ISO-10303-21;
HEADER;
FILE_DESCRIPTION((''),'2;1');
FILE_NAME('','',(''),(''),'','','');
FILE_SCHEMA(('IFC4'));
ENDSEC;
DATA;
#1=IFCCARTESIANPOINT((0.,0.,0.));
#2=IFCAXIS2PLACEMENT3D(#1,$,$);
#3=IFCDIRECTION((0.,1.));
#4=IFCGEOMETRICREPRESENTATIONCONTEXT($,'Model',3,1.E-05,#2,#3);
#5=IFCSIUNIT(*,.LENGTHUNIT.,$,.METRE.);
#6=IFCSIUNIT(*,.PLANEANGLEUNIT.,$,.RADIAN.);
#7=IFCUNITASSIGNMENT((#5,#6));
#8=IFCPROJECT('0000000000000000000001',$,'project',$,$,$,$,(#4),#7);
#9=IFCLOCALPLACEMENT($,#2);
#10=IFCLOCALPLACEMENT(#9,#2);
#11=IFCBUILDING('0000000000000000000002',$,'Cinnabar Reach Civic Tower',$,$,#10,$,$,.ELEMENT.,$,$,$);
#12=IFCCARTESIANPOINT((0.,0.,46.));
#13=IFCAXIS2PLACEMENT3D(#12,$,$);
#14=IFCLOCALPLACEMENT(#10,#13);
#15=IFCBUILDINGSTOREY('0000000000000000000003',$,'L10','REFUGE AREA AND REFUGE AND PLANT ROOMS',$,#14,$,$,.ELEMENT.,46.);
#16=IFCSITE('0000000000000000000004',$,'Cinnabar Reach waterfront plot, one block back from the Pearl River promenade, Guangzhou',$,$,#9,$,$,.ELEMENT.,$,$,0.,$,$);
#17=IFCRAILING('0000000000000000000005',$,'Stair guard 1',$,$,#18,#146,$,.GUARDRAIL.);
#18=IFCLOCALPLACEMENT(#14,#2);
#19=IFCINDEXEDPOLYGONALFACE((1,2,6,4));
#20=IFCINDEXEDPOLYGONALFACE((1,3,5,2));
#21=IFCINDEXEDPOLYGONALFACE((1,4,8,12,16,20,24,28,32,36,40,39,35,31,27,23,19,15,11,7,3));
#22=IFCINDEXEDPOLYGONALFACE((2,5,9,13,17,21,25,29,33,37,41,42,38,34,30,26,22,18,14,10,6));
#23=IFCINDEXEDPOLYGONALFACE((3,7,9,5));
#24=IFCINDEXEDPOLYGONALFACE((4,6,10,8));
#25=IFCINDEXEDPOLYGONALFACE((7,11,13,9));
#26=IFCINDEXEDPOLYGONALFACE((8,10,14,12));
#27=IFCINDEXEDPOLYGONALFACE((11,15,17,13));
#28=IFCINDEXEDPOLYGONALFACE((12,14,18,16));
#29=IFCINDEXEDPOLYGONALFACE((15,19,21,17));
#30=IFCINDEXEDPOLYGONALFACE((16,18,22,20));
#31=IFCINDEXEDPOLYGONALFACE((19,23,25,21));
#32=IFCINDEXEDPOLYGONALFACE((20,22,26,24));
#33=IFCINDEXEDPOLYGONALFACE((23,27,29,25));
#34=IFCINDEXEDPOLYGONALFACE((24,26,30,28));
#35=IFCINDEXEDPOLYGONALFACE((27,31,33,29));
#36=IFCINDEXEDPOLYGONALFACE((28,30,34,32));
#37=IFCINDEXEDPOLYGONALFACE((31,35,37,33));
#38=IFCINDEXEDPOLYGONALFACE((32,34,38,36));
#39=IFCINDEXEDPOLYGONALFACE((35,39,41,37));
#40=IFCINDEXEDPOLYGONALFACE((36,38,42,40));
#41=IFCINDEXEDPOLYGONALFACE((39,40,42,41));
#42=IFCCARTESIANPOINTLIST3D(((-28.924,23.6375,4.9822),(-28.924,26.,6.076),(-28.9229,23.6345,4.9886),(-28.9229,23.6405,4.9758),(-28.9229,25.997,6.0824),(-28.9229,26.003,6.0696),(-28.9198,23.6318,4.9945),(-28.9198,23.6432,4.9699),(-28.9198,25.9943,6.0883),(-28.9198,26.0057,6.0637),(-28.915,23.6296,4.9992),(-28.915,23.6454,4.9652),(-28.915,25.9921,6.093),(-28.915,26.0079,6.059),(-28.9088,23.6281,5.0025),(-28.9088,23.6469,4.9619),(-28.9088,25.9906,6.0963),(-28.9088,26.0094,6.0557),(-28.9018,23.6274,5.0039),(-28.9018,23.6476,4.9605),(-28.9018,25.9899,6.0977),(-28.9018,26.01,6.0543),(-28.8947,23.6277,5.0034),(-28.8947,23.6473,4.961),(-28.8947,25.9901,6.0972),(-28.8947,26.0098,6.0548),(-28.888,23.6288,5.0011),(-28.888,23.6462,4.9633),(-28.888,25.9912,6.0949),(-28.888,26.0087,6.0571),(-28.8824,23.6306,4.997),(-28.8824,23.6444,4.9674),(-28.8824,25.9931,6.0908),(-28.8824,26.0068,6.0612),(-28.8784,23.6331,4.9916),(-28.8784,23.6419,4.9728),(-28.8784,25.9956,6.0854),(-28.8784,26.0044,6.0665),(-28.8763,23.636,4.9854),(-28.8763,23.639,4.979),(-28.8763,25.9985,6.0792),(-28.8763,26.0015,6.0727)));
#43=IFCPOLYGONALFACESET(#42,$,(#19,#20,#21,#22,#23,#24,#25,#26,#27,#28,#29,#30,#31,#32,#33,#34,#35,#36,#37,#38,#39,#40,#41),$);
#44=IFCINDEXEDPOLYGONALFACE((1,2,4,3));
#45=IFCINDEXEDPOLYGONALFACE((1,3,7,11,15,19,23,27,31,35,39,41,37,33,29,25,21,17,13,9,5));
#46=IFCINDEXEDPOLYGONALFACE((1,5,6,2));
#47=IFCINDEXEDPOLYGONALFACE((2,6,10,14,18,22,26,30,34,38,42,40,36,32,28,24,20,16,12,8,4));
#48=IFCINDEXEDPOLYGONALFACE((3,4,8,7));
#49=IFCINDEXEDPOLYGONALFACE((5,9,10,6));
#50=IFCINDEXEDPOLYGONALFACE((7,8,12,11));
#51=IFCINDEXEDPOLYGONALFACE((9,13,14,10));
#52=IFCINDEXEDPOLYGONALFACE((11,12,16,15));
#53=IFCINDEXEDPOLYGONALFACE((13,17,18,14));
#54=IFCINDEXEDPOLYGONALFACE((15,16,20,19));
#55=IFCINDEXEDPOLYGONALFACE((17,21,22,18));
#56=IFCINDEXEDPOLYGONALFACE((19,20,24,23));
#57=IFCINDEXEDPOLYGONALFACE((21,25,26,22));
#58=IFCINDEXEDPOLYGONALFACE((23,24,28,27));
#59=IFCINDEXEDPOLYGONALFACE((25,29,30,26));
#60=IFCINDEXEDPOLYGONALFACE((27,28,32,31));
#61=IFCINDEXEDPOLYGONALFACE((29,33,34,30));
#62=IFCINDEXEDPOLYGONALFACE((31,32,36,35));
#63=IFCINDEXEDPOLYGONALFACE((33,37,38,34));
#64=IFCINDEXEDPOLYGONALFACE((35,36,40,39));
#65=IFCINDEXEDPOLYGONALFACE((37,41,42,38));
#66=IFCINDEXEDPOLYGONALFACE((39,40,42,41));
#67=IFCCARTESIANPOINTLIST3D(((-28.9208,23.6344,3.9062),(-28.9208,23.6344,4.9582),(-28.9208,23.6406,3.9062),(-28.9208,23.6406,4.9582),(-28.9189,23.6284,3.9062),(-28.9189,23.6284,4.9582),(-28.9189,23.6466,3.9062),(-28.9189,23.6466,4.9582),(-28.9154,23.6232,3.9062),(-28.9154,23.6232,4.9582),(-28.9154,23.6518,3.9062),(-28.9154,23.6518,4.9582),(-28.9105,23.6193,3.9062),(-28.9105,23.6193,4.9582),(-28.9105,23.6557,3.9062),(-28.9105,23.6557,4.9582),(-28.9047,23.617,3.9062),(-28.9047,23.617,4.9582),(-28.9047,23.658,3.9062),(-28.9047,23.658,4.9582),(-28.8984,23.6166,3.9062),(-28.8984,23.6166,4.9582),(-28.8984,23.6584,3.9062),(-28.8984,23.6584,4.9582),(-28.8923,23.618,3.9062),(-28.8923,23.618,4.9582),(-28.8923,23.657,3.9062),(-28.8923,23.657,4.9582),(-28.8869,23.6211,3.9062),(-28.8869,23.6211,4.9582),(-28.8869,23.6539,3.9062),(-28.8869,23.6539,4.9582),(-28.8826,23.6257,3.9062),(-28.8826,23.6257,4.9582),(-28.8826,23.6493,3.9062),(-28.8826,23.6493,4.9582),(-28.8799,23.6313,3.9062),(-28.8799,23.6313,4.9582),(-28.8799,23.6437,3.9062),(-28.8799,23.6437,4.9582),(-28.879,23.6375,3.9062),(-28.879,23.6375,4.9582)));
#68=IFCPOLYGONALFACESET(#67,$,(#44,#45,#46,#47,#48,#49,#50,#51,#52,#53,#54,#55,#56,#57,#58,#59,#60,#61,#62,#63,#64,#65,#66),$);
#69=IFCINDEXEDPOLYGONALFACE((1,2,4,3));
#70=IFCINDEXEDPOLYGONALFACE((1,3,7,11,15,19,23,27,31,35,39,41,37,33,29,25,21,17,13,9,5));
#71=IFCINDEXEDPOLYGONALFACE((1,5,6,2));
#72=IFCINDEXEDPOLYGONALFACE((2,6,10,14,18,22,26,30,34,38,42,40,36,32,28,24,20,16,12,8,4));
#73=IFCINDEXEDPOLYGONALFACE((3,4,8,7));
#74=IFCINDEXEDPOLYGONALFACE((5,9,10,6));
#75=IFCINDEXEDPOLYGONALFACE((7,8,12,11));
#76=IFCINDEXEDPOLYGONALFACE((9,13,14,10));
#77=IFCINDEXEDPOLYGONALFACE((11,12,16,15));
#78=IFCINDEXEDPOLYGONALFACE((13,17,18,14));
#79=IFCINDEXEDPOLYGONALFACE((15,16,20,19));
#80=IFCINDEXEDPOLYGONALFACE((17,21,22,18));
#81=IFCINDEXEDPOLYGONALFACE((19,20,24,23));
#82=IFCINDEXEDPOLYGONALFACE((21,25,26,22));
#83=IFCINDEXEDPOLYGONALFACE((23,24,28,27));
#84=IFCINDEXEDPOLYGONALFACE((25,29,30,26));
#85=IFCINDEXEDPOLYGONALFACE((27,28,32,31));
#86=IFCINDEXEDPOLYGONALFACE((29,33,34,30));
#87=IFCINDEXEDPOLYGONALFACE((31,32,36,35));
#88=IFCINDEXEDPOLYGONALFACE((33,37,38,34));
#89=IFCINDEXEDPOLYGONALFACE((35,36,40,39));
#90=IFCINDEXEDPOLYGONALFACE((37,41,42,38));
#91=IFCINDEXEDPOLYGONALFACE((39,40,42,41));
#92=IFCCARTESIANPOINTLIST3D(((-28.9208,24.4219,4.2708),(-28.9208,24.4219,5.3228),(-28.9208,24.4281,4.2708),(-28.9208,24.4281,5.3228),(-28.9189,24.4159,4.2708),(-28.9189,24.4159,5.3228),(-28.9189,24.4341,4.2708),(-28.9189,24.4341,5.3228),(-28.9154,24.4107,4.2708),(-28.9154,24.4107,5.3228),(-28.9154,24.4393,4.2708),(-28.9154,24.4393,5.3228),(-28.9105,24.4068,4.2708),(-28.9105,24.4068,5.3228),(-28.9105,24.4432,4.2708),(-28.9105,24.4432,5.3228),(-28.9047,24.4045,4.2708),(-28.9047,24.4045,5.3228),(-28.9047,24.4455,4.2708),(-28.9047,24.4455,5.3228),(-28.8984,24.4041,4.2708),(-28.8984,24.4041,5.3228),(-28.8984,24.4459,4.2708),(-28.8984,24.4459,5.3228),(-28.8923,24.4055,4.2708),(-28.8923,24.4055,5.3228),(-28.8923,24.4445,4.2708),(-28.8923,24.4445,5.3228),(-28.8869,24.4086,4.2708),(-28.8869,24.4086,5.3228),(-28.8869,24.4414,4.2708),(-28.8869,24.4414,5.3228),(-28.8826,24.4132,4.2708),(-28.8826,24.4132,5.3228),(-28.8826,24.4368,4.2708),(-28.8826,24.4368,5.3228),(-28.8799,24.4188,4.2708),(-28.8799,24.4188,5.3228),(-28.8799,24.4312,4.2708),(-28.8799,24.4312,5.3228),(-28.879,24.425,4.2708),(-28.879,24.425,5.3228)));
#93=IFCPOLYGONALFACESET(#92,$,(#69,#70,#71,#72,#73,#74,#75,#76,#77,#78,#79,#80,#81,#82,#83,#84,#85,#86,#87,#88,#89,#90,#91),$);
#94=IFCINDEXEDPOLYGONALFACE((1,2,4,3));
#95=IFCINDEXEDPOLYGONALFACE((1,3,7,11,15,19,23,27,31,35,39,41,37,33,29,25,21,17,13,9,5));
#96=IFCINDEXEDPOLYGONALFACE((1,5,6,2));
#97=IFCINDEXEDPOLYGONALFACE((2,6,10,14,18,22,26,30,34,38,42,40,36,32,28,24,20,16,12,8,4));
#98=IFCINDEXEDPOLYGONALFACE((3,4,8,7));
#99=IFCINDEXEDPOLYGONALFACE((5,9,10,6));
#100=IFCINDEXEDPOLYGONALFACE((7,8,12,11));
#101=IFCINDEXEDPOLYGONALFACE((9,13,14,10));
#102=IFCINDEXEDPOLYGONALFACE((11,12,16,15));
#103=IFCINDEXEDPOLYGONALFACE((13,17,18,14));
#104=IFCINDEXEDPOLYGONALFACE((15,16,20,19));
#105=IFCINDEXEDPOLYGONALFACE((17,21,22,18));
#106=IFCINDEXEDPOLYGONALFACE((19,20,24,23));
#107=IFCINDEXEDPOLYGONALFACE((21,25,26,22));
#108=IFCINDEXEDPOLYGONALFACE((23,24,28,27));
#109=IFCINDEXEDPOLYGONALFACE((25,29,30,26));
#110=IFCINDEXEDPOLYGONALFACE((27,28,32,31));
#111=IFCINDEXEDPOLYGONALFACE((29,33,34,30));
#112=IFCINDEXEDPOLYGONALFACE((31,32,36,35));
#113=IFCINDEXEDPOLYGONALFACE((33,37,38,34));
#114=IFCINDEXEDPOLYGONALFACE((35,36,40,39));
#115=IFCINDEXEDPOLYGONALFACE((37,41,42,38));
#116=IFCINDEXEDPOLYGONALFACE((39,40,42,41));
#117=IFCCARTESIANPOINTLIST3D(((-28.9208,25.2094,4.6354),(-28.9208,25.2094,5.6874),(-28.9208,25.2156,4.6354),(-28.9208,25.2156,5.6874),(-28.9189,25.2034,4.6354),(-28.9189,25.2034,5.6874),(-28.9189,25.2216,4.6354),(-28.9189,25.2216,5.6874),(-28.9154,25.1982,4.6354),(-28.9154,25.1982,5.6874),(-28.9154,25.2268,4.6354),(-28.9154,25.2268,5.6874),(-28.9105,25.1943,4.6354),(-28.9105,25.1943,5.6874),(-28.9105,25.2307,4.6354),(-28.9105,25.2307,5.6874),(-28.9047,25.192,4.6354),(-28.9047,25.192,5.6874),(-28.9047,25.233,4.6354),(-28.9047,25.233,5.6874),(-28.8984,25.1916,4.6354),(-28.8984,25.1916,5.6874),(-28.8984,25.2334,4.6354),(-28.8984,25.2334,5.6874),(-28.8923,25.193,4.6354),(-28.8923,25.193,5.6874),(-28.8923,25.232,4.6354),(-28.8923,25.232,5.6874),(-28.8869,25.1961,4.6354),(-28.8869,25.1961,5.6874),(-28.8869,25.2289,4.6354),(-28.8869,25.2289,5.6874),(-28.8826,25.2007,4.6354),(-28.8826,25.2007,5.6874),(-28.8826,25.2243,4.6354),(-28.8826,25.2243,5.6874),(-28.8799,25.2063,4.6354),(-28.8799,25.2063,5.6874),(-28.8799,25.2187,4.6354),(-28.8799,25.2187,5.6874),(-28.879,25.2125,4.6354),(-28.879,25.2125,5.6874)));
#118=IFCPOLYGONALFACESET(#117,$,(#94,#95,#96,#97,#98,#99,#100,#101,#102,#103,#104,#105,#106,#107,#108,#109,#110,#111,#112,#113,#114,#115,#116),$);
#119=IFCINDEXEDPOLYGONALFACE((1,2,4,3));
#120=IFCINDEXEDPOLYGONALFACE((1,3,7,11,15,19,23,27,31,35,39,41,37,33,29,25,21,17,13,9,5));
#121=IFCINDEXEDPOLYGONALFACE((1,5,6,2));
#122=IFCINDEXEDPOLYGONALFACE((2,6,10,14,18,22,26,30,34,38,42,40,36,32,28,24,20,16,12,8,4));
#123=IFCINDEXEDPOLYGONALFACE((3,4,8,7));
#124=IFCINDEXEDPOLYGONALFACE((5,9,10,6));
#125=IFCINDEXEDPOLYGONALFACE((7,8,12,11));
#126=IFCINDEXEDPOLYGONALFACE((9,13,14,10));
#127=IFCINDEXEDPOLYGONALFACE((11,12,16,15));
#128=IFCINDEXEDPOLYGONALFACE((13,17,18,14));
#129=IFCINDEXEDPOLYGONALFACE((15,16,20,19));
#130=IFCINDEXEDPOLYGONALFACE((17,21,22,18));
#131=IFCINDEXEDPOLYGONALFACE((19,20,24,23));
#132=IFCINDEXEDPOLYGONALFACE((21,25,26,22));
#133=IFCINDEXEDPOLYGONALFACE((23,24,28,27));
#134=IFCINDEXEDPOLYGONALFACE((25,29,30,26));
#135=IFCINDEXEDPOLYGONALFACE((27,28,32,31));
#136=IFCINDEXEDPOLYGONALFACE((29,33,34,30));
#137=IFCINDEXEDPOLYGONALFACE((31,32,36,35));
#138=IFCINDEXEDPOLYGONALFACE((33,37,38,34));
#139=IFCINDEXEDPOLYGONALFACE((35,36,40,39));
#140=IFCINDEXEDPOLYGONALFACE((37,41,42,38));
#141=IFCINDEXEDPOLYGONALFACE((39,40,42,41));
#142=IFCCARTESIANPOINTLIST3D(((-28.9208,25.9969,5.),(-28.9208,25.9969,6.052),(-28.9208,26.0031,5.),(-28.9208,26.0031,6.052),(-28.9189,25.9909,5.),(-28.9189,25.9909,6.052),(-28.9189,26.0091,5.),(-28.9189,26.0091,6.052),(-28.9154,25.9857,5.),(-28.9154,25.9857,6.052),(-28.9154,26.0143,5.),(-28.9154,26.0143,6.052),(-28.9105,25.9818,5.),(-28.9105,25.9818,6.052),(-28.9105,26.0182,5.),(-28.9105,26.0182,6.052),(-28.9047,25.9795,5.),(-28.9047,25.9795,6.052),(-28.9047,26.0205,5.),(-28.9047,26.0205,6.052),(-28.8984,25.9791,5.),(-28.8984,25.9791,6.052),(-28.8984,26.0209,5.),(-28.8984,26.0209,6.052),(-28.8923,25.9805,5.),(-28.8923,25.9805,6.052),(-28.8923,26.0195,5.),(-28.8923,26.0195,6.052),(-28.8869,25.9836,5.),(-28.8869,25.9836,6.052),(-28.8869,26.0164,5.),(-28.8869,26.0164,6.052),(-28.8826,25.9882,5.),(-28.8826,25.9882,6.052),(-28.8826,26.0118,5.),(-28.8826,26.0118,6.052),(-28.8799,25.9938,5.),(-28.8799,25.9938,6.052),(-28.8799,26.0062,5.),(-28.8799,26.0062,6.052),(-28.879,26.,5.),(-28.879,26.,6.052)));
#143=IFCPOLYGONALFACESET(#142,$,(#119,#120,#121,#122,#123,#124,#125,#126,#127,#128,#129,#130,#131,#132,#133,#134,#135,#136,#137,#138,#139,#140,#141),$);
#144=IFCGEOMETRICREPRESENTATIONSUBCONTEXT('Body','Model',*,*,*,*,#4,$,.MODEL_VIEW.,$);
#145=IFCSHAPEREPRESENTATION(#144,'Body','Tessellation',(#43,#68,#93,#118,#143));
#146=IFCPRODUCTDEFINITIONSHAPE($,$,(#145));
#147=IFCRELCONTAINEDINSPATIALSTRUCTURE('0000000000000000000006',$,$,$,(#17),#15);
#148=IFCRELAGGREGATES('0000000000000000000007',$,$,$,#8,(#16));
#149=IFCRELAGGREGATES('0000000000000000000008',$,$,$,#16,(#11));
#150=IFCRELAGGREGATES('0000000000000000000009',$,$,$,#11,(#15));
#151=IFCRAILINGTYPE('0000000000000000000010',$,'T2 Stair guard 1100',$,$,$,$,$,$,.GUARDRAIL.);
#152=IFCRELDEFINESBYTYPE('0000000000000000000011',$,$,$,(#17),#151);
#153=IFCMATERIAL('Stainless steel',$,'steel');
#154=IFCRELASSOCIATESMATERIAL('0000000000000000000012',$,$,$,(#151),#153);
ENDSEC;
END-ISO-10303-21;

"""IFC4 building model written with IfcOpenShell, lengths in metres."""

from ifc_helpers import new_model, si_unit, direction, frame, origin, origin_2d, place, context, subcontext, project, spatial, circle, extrude, material, type_object, element, save


model = new_model("IFC4")

# Units and contexts
model_context = context("Model", 3, precision=1e-05, world=origin(), true_north=direction((0.0, 1.0)))
body_context = subcontext(model_context, "Body", "Model", "MODEL_VIEW")
ifc_project = project(units=[si_unit("LENGTHUNIT", "METRE"), si_unit("PLANEANGLEUNIT", "RADIAN")], contexts=[model_context])

# Site, building, storey
site_placement = place(None, origin())
site = spatial("IfcSite", under=ifc_project, at=site_placement, Name="Cinnabar Reach waterfront plot, one block back from the Pearl River promenade, Guangzhou", CompositionType="ELEMENT", RefElevation=0.0)
building_placement = place(site_placement, origin())
building = spatial("IfcBuilding", under=site, at=building_placement, Name="Cinnabar Reach Civic Tower", CompositionType="ELEMENT")
storey_placement = place(building_placement, frame((0.0, 0.0, 46.0)))
storey = spatial("IfcBuildingStorey", under=building, at=storey_placement, Name="L10", Description="REFUGE AREA AND REFUGE AND PLANT ROOMS", CompositionType="ELEMENT", Elevation=46.0)

# Railing
ifc_material_1 = material(Name="Stainless steel", Category="steel")
railing_type = type_object("IfcRailingType", Name="T2 Stair guard 1100", PredefinedType="GUARDRAIL", material=ifc_material_1)
railing_1_placement = place(storey_placement, frame((-28.9, 23.6375, 3.9062)))
element("IfcRailing", 1, at=railing_1_placement, inside=storey, type_object=railing_type, Name="Stair guard 1", PredefinedType="GUARDRAIL", context=body_context, shape_type="SweptSolid", body=[
    extrude(circle(Radius=0.024, at=origin_2d()), frame((0.0, 0.0, 1.076), z_axis=(0.0, 0.90746, 0.420139), x_axis=(-1.0, 0.0, 0.0)), (0.0, 0.0, 1.0), 2.6034),
    extrude(circle(Radius=0.021, at=origin_2d()), origin(), (0.0, 0.0, 1.0), 1.052),
    extrude(circle(Radius=0.021, at=origin_2d()), frame((0.0, 0.7875, 0.3646)), (0.0, 0.0, 1.0), 1.052),
    extrude(circle(Radius=0.021, at=origin_2d()), frame((0.0, 1.575, 0.7292)), (0.0, 0.0, 1.0), 1.052),
    extrude(circle(Radius=0.021, at=origin_2d()), frame((0.0, 2.3625, 1.0938)), (0.0, 0.0, 1.0), 1.052),
])

save(model, "model.ifc")
